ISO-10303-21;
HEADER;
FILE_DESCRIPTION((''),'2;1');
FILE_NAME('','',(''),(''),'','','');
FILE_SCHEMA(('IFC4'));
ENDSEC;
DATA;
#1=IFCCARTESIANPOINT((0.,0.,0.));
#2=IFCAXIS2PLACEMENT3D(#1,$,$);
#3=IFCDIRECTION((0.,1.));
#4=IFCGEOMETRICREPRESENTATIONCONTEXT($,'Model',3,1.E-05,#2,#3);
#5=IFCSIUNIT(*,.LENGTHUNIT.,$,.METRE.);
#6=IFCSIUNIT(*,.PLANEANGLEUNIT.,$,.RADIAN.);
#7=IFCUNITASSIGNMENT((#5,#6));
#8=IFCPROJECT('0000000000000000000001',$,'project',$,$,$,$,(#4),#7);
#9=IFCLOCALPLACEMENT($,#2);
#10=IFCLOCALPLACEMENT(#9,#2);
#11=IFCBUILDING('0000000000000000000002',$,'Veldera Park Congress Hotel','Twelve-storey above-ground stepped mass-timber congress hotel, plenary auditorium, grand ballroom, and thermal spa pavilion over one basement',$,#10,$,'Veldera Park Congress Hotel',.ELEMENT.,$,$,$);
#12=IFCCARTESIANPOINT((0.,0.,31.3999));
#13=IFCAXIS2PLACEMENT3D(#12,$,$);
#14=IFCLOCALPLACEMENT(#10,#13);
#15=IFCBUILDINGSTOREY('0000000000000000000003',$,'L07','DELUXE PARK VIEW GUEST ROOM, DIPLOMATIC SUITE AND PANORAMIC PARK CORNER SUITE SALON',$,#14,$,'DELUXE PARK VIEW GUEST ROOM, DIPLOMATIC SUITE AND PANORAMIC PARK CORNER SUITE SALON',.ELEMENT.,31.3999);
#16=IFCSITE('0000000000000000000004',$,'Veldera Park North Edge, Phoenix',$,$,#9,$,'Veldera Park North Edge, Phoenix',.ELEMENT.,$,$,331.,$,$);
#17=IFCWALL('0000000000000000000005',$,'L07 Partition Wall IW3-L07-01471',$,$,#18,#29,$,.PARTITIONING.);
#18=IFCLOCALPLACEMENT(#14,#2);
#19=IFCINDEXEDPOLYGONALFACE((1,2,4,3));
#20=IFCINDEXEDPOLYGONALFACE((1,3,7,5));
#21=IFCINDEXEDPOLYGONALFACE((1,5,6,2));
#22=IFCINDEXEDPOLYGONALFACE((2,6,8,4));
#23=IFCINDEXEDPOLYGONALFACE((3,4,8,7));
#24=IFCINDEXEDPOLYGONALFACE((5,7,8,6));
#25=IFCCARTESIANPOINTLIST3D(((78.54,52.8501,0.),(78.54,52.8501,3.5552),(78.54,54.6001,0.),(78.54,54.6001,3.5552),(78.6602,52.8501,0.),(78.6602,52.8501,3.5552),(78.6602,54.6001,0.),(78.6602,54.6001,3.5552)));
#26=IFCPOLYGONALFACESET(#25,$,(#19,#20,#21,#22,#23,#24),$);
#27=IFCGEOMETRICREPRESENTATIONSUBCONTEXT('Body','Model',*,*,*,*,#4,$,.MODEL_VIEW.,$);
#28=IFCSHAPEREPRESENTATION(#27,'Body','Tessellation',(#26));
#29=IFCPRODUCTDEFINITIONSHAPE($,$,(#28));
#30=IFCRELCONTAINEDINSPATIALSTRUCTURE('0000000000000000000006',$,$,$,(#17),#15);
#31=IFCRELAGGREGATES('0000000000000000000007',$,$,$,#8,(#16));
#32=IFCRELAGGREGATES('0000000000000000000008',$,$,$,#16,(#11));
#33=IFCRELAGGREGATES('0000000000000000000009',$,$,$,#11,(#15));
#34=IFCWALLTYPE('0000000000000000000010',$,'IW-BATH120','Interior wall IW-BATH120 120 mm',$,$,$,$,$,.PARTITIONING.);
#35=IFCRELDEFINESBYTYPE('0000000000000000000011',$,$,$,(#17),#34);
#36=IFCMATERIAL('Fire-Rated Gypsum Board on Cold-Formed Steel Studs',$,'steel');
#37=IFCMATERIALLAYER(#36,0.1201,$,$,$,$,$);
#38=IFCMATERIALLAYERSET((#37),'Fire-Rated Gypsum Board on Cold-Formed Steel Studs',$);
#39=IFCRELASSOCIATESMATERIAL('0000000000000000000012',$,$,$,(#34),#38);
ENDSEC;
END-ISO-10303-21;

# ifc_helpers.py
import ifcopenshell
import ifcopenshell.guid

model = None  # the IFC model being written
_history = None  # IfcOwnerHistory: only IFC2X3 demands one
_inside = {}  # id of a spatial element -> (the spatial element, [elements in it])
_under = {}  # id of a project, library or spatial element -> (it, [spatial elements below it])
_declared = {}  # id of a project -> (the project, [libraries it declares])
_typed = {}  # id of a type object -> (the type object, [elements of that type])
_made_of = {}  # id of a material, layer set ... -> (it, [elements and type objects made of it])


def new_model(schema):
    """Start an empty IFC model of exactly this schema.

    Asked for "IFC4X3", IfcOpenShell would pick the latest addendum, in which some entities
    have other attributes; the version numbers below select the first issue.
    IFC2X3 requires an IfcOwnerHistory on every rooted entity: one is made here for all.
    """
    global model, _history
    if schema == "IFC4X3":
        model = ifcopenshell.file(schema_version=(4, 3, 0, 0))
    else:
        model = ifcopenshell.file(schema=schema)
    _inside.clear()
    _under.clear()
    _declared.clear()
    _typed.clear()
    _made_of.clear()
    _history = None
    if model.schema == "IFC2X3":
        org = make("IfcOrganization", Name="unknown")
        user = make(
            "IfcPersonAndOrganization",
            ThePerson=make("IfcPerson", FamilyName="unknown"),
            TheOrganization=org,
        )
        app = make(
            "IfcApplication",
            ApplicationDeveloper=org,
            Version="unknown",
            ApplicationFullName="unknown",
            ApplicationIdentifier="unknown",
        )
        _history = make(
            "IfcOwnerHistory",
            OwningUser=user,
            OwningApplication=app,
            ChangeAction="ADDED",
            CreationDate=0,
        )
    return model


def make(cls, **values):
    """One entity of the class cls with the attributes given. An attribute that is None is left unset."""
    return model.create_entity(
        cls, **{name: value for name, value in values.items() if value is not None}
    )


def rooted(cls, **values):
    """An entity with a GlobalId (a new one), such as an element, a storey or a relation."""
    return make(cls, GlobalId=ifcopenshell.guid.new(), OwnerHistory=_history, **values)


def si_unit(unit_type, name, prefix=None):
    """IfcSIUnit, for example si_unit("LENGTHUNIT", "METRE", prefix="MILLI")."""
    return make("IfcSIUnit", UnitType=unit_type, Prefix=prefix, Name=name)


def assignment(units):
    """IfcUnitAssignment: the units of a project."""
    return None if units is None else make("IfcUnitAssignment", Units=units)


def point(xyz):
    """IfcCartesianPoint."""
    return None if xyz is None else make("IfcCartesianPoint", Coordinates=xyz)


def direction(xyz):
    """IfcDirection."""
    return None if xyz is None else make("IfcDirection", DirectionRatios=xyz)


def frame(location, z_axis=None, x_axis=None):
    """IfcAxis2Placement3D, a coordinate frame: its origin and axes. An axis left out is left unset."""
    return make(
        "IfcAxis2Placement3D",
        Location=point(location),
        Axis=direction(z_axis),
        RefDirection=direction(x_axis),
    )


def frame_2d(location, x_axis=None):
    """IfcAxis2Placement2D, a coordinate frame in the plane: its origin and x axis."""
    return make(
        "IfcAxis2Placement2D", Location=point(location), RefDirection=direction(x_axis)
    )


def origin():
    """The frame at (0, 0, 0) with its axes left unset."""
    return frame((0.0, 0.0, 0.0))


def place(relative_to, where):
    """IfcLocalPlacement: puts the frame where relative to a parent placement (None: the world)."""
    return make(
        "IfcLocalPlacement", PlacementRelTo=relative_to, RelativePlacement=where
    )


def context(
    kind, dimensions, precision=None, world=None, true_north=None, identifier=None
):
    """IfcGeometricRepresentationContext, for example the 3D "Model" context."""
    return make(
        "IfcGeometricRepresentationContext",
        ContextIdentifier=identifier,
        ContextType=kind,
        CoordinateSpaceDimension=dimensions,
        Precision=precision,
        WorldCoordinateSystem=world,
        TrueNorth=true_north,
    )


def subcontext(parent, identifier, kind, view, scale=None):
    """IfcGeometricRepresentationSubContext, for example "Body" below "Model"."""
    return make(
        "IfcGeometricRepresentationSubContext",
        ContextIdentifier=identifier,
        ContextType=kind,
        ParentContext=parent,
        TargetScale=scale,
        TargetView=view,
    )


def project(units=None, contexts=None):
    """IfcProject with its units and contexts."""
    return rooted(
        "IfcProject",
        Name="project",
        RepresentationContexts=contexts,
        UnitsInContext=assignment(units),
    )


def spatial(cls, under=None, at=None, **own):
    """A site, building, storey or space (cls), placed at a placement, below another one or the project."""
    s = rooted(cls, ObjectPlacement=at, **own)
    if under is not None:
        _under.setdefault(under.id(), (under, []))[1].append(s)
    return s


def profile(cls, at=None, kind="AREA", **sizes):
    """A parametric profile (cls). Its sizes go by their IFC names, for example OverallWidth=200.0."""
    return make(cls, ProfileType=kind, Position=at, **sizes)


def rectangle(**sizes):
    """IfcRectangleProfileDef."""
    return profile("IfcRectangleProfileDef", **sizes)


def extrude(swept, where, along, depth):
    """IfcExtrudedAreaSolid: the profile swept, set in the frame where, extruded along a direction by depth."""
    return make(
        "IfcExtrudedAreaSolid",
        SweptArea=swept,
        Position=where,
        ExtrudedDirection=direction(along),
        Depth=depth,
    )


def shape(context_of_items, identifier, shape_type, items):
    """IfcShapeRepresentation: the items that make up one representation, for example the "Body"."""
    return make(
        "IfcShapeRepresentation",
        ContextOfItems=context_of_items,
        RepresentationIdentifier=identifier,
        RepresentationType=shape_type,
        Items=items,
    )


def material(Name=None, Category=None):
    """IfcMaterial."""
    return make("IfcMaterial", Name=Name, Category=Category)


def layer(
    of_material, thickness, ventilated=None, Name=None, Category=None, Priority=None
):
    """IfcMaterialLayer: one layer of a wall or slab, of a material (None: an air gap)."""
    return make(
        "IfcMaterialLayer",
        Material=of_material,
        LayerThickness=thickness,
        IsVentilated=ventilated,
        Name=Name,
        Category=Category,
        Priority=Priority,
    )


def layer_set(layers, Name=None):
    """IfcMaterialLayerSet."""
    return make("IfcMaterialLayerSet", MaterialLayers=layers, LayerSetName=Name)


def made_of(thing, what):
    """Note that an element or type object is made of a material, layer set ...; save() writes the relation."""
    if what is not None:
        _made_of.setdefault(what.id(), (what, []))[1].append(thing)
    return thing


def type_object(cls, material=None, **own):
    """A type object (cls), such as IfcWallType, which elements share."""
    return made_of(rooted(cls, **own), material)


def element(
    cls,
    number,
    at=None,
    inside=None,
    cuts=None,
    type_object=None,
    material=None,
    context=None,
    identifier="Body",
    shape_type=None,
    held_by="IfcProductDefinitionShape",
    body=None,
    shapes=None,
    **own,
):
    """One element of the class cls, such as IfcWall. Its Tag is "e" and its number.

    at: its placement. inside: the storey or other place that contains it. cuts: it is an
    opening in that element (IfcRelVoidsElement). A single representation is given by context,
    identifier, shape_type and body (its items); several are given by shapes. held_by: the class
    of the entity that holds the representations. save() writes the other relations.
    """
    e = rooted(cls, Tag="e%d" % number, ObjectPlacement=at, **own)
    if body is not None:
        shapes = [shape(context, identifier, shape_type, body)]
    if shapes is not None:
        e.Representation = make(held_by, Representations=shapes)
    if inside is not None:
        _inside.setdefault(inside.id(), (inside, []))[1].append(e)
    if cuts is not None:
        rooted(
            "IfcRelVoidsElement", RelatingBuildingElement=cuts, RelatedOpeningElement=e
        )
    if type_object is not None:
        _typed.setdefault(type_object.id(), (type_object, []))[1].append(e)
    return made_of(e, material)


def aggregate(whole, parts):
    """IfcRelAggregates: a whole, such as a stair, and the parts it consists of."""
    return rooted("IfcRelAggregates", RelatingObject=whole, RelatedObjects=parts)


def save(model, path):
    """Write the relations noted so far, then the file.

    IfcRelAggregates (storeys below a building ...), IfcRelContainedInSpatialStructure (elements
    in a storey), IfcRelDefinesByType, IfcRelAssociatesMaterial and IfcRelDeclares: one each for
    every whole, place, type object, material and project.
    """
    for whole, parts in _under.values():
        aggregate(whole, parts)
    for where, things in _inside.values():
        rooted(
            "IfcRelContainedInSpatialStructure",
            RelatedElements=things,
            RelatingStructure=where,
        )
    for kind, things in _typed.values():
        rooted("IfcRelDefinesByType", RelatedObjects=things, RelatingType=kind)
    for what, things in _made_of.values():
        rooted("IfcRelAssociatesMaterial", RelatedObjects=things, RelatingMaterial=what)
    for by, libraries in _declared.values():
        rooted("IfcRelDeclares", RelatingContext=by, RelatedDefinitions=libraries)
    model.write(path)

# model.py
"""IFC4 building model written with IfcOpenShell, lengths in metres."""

from ifc_helpers import new_model, si_unit, direction, frame, frame_2d, origin, place, context, subcontext, project, spatial, rectangle, extrude, material, layer, layer_set, type_object, element, save


model = new_model("IFC4")

# Units and contexts
model_context = context("Model", 3, precision=1e-05, world=origin(), true_north=direction((0.0, 1.0)))
body_context = subcontext(model_context, "Body", "Model", "MODEL_VIEW")
ifc_project = project(units=[si_unit("LENGTHUNIT", "METRE"), si_unit("PLANEANGLEUNIT", "RADIAN")], contexts=[model_context])

# Site, building, storey
site_placement = place(None, origin())
site = spatial("IfcSite", under=ifc_project, at=site_placement, Name="Veldera Park North Edge, Phoenix", LongName="Veldera Park North Edge, Phoenix", CompositionType="ELEMENT", RefElevation=331.0)
building_placement = place(site_placement, origin())
building = spatial("IfcBuilding", under=site, at=building_placement, Name="Veldera Park Congress Hotel", Description="Twelve-storey above-ground stepped mass-timber congress hotel, plenary auditorium, grand ballroom, and thermal spa pavilion over one basement", LongName="Veldera Park Congress Hotel", CompositionType="ELEMENT")
storey_placement = place(building_placement, frame((0.0, 0.0, 31.3999)))
storey = spatial("IfcBuildingStorey", under=building, at=storey_placement, Name="L07", Description="DELUXE PARK VIEW GUEST ROOM, DIPLOMATIC SUITE AND PANORAMIC PARK CORNER SUITE SALON", LongName="DELUXE PARK VIEW GUEST ROOM, DIPLOMATIC SUITE AND PANORAMIC PARK CORNER SUITE SALON", CompositionType="ELEMENT", Elevation=31.3999)

# Wall
ifc_material_1 = material(Name="Fire-Rated Gypsum Board on Cold-Formed Steel Studs", Category="steel")
ifc_layer_1 = layer(ifc_material_1, 0.1201)
ifc_layer_set_1 = layer_set([ifc_layer_1], Name="Fire-Rated Gypsum Board on Cold-Formed Steel Studs")
wall_type = type_object("IfcWallType", Name="IW-BATH120", Description="Interior wall IW-BATH120 120 mm", PredefinedType="PARTITIONING", material=ifc_layer_set_1)
for number, where, z_axis, x_axis, name in (
    (1, (78.6001, 52.8501, 0.0), (0.0, 0.0, 1.0), (0.0, 1.0, 0.0), "L07 Partition Wall IW3-L07-01471"),
):
    element("IfcWall", number, at=place(storey_placement, frame(where, z_axis=z_axis, x_axis=x_axis)), inside=storey, type_object=wall_type, Name=name, PredefinedType="PARTITIONING", context=body_context, shape_type="SweptSolid", body=[
        extrude(rectangle(XDim=1.75, YDim=0.1201, at=frame_2d((0.875, 0.0))), origin(), (0.0, 0.0, 1.0), 3.5552),
    ])

save(model, "model.ifc")
